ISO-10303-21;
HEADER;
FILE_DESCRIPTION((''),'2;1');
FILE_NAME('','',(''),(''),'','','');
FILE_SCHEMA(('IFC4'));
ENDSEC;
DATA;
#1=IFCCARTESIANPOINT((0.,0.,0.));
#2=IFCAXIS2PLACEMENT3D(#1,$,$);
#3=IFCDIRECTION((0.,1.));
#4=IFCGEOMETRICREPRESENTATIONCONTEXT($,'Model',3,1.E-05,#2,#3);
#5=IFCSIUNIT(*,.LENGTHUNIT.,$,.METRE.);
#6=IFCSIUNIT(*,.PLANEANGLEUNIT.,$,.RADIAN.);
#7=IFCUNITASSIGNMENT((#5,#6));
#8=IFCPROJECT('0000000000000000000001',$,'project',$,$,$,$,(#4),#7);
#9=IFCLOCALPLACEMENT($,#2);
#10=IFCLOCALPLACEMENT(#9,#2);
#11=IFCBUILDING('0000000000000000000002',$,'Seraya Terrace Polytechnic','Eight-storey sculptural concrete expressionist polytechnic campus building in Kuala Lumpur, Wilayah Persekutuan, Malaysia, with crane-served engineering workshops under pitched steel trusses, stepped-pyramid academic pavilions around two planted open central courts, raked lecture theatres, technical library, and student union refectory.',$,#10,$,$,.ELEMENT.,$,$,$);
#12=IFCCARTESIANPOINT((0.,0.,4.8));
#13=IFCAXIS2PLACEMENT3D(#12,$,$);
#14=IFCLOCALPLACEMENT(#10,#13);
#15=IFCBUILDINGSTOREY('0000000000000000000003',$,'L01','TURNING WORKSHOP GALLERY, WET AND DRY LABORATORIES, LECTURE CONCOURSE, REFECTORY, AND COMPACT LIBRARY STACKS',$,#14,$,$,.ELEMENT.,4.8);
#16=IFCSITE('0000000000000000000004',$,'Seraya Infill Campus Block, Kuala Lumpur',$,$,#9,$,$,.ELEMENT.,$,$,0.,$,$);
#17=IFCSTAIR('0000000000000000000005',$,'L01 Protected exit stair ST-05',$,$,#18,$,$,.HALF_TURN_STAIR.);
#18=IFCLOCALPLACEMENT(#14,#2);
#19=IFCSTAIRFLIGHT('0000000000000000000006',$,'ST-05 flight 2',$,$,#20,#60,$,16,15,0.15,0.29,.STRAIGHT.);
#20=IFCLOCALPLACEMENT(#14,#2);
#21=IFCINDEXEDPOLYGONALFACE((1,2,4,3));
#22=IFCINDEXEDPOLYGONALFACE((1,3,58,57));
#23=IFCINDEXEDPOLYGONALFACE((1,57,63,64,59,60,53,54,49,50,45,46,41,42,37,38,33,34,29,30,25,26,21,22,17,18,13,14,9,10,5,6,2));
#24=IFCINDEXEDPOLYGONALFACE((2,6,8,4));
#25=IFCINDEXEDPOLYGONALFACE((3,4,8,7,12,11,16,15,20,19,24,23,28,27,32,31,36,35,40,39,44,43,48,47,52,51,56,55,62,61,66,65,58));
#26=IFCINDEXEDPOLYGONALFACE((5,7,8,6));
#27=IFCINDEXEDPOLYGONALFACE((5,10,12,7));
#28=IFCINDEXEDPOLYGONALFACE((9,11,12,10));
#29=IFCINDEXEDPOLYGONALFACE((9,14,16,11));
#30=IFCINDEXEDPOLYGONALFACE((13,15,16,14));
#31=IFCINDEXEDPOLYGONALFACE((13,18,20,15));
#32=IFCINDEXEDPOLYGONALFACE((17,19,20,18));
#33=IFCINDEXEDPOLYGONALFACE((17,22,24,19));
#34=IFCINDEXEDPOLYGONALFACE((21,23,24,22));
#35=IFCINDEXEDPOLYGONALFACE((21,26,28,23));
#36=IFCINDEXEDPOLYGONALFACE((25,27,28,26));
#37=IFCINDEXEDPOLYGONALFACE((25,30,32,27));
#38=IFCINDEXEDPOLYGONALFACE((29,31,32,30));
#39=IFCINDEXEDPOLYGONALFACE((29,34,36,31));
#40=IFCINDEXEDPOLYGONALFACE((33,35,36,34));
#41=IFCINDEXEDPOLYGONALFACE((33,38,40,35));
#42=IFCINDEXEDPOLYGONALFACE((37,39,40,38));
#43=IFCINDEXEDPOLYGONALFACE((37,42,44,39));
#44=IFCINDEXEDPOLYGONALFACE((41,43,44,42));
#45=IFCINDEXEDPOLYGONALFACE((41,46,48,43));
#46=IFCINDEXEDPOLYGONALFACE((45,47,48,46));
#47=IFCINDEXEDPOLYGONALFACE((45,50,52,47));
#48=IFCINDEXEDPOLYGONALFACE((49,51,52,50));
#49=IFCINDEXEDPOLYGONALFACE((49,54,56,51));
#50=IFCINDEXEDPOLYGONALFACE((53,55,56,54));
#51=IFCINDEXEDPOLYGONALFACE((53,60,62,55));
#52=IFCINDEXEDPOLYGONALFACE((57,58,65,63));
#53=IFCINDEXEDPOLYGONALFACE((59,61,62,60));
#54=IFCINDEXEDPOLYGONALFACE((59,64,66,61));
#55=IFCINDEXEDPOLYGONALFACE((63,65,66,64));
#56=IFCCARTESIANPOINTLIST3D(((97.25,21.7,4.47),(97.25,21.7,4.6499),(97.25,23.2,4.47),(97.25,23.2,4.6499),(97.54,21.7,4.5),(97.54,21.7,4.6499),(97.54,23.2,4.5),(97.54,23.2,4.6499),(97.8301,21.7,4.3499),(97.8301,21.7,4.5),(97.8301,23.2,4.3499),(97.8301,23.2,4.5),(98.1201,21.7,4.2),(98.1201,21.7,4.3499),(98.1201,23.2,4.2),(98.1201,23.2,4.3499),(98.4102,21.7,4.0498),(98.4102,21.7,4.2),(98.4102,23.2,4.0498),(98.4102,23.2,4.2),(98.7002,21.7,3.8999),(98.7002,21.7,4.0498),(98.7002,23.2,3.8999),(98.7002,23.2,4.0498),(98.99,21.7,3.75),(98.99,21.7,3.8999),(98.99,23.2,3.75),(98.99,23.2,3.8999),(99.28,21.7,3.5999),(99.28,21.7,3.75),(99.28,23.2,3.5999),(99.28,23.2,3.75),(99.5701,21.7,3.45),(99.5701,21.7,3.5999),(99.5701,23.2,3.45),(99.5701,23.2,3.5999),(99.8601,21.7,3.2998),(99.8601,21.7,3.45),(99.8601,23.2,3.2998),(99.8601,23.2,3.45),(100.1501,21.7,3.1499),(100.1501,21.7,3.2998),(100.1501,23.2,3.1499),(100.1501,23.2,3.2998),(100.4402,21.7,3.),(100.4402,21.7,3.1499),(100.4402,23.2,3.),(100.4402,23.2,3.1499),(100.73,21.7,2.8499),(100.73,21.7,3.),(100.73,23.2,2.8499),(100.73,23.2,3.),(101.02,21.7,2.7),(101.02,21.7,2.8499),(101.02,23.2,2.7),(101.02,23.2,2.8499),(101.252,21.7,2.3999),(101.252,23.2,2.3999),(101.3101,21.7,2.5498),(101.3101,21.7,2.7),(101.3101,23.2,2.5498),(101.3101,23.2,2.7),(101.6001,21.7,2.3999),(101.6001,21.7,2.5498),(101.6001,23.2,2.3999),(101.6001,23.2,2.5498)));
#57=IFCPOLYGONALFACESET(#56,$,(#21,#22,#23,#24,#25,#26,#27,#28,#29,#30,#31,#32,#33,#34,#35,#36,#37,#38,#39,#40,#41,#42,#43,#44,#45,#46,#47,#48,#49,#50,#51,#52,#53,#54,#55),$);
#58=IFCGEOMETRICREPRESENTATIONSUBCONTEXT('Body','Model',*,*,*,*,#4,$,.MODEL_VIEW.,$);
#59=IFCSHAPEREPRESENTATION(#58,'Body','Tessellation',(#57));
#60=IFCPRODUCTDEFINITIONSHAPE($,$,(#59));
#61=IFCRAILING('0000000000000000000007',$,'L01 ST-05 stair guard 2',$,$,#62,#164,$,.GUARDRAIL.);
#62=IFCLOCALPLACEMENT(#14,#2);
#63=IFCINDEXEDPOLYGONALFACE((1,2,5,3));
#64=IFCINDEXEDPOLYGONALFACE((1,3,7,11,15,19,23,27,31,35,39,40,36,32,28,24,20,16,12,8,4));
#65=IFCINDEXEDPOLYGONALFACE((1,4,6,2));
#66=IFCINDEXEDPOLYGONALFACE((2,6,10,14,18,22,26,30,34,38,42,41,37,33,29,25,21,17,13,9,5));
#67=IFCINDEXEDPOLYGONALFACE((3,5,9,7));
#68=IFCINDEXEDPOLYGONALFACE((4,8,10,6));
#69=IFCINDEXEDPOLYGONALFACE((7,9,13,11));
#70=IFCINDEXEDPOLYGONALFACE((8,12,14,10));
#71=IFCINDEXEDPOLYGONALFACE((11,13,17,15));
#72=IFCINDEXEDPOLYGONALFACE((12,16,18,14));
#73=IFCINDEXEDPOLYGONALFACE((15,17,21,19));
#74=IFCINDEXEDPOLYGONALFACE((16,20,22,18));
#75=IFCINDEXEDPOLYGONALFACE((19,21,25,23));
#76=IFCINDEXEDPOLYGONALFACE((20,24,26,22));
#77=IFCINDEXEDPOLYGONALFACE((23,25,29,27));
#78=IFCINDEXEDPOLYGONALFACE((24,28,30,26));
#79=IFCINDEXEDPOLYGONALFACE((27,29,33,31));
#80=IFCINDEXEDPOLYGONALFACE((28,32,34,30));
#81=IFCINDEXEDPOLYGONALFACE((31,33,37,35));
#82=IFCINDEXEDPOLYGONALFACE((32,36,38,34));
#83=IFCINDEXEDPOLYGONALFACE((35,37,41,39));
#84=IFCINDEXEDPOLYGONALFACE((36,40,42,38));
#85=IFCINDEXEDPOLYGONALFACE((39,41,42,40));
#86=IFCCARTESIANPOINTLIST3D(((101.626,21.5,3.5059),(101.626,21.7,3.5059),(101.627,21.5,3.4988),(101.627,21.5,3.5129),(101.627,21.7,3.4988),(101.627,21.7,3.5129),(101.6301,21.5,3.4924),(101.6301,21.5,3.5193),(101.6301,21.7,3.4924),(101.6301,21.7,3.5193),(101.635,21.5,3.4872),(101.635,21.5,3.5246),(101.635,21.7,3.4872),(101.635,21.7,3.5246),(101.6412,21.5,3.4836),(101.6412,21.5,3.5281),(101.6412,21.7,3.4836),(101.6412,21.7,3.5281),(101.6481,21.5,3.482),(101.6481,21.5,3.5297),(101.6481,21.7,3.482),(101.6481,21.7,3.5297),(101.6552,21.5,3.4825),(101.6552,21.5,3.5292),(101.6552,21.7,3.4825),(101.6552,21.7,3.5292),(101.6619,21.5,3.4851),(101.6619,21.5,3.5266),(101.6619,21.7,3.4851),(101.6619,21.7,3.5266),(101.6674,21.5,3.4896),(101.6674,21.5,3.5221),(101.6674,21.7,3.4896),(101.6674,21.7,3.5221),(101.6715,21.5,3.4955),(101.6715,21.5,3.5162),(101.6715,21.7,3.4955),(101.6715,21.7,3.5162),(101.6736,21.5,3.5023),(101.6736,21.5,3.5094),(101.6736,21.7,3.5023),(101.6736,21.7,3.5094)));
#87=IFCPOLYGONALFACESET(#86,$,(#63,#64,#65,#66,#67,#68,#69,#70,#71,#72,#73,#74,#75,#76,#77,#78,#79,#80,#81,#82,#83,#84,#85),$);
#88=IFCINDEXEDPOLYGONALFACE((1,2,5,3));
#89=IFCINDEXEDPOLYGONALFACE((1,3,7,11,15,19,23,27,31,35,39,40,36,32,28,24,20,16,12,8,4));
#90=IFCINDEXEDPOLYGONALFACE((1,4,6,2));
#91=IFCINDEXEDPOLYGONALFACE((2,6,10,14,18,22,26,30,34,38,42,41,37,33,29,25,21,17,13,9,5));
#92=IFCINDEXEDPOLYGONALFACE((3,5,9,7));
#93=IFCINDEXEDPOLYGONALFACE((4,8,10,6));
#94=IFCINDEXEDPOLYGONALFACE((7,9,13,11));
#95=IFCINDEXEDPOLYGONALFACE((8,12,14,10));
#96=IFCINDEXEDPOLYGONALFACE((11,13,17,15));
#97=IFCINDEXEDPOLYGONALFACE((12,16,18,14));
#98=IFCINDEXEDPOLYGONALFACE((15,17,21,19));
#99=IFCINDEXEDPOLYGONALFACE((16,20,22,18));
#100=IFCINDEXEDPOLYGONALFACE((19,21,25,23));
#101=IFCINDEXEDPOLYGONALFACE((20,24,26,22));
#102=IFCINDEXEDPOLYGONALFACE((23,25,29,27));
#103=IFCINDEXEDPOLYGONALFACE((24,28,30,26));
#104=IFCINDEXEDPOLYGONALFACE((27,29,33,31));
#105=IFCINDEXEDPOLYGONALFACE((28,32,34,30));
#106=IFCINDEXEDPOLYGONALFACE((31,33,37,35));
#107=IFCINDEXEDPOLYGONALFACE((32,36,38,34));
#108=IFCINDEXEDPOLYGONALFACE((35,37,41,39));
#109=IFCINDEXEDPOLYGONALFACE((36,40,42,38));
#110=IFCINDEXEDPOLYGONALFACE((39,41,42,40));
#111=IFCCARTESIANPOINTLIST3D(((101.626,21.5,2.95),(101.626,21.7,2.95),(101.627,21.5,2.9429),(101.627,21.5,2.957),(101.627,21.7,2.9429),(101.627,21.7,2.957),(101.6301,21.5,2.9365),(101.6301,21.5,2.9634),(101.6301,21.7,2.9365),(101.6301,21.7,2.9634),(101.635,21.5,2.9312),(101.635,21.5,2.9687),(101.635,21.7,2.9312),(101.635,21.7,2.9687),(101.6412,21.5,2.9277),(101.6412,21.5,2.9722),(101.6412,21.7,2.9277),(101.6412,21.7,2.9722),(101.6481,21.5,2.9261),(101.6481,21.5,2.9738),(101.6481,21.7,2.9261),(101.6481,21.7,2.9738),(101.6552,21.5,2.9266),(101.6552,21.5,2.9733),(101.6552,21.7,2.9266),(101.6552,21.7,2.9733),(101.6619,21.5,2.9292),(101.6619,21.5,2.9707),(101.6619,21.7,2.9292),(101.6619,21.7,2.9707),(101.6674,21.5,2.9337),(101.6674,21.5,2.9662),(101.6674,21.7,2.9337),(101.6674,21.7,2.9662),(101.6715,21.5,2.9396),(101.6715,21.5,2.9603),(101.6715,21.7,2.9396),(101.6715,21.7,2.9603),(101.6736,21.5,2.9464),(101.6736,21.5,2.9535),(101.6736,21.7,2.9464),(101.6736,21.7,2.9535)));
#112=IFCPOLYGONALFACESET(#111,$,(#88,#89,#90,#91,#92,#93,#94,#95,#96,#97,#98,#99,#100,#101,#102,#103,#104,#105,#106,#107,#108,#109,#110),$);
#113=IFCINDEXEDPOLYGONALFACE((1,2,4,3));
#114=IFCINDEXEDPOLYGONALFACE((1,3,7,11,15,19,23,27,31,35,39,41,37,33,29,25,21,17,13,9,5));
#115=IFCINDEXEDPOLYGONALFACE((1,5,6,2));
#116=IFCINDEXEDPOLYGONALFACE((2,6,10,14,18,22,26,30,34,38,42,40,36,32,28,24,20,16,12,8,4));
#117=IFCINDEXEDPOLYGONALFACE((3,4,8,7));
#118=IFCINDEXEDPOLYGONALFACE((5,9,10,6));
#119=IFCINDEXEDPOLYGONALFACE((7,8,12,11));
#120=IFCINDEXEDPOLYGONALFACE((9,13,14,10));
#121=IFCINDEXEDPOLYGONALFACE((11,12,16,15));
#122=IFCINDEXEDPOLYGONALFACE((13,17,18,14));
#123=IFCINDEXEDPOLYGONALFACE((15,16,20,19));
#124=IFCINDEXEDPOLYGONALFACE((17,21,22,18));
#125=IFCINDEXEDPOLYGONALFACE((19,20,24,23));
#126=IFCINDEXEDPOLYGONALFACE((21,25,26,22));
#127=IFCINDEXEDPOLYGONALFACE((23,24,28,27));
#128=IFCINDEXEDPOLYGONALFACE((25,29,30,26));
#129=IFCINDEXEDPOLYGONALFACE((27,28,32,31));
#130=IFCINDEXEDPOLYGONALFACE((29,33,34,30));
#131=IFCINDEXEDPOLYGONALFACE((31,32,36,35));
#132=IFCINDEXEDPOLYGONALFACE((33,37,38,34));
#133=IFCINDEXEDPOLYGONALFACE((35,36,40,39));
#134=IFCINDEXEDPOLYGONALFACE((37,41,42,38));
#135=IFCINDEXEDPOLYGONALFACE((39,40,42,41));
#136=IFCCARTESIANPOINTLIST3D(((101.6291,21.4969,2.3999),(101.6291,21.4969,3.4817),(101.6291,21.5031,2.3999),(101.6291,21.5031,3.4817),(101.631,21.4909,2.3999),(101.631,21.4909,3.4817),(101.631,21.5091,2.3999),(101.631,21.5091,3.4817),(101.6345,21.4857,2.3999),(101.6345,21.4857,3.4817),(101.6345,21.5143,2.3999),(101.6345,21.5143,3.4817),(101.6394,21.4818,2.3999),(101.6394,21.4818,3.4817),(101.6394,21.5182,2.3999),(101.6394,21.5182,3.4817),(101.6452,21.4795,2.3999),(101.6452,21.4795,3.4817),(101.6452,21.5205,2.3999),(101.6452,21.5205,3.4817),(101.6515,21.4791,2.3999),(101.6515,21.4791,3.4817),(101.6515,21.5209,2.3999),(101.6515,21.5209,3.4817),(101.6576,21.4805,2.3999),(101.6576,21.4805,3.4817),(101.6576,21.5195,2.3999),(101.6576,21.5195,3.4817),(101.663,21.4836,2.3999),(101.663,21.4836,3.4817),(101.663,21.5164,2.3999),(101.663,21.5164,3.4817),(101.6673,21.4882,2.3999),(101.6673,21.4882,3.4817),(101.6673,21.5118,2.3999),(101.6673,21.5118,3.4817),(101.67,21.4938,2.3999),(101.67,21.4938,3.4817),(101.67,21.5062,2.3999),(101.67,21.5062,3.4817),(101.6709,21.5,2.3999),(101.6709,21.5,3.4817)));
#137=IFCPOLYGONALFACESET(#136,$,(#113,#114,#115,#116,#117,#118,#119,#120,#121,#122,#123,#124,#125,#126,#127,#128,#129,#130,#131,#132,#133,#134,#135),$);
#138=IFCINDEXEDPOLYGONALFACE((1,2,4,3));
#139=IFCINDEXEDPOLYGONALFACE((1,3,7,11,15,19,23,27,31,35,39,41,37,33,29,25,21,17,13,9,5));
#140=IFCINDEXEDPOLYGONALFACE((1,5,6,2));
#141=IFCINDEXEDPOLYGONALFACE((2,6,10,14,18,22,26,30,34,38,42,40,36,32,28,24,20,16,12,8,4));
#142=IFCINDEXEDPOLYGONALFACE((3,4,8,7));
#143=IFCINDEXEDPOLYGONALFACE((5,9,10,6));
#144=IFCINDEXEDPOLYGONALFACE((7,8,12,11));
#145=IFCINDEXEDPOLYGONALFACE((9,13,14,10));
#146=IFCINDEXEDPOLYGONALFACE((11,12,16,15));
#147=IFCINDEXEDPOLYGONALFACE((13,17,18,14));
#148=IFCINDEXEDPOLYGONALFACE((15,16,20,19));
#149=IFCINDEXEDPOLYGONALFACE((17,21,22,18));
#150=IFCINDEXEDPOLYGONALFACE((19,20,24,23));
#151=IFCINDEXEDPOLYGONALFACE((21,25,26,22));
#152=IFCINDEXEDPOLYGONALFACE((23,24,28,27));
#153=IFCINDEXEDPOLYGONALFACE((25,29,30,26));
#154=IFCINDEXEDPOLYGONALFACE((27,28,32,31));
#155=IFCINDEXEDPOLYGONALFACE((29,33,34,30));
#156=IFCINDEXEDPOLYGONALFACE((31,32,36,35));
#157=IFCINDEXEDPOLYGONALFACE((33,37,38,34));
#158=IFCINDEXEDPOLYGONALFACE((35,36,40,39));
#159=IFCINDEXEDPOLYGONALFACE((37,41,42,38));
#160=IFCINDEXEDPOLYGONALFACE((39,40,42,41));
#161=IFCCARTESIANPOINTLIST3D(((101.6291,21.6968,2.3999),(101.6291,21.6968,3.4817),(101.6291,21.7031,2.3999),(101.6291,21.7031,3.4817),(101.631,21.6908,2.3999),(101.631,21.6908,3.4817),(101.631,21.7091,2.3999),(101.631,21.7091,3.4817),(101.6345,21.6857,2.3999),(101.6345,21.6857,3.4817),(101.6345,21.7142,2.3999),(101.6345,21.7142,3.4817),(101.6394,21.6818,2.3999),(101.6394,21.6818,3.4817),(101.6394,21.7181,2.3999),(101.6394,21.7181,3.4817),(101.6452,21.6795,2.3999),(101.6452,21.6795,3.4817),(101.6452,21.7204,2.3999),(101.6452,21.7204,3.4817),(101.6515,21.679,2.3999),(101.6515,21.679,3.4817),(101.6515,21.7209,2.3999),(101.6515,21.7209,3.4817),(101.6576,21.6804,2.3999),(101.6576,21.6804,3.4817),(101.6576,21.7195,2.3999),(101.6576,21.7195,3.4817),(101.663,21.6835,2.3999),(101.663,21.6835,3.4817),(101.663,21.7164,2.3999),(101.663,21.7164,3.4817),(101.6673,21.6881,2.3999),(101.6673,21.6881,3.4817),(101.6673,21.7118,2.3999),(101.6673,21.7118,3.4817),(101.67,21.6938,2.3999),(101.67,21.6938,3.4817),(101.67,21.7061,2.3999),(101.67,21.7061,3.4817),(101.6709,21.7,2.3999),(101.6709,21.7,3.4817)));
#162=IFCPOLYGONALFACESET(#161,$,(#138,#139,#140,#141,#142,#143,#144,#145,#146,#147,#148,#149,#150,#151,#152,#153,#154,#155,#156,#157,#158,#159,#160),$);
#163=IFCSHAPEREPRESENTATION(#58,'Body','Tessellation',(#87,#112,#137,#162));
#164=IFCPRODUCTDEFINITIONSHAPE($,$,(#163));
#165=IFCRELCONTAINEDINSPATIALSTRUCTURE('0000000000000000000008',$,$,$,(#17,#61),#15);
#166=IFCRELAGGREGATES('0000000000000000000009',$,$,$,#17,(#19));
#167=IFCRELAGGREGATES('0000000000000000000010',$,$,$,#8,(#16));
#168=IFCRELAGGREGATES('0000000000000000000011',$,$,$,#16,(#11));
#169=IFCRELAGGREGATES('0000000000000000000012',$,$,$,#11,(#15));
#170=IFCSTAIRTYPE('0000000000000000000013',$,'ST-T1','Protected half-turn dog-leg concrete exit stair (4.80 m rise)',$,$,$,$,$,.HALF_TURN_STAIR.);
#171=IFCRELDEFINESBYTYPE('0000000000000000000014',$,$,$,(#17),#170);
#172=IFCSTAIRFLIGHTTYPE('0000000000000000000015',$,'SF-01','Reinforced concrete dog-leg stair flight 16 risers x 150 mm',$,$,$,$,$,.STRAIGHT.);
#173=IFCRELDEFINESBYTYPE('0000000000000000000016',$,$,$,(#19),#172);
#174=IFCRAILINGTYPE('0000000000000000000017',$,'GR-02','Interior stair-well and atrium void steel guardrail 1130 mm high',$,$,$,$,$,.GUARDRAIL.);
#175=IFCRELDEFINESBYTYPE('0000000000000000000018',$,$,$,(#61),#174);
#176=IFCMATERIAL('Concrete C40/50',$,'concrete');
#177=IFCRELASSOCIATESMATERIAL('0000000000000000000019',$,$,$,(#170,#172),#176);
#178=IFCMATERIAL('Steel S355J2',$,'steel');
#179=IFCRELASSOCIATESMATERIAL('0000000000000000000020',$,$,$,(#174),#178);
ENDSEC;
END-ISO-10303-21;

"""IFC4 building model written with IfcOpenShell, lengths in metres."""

from ifc_helpers import new_model, si_unit, direction, frame, origin, origin_2d, place, context, subcontext, project, spatial, polyline, circle, outline, extrude, material, type_object, element, aggregate, save


model = new_model("IFC4")

# Units and contexts
model_context = context("Model", 3, precision=1e-05, world=origin(), true_north=direction((0.0, 1.0)))
body_context = subcontext(model_context, "Body", "Model", "MODEL_VIEW")
ifc_project = project(units=[si_unit("LENGTHUNIT", "METRE"), si_unit("PLANEANGLEUNIT", "RADIAN")], contexts=[model_context])

# Site, building, storey
site_placement = place(None, origin())
site = spatial("IfcSite", under=ifc_project, at=site_placement, Name="Seraya Infill Campus Block, Kuala Lumpur", CompositionType="ELEMENT", RefElevation=0.0)
building_placement = place(site_placement, origin())
building = spatial("IfcBuilding", under=site, at=building_placement, Name="Seraya Terrace Polytechnic", Description="Eight-storey sculptural concrete expressionist polytechnic campus building in Kuala Lumpur, Wilayah Persekutuan, Malaysia, with crane-served engineering workshops under pitched steel trusses, stepped-pyramid academic pavilions around two planted open central courts, raked lecture theatres, technical library, and student union refectory.", CompositionType="ELEMENT")
storey_placement = place(building_placement, frame((0.0, 0.0, 4.8)))
storey = spatial("IfcBuildingStorey", under=building, at=storey_placement, Name="L01", Description="TURNING WORKSHOP GALLERY, WET AND DRY LABORATORIES, LECTURE CONCOURSE, REFECTORY, AND COMPACT LIBRARY STACKS", CompositionType="ELEMENT", Elevation=4.8)

# Shared definitions
ifc_material_1 = material(Name="Concrete C40/50", Category="concrete")

# Stair, stair flight
stair_type = type_object("IfcStairType", Name="ST-T1", Description="Protected half-turn dog-leg concrete exit stair (4.80 m rise)", PredefinedType="HALF_TURN_STAIR", material=ifc_material_1)
stair_placement = place(storey_placement, origin())
stair = element("IfcStair", 1, at=stair_placement, inside=storey, type_object=stair_type, Name="L01 Protected exit stair ST-05", PredefinedType="HALF_TURN_STAIR")
stair_flight_type = type_object("IfcStairFlightType", Name="SF-01", Description="Reinforced concrete dog-leg stair flight 16 risers x 150 mm", PredefinedType="STRAIGHT", material=ifc_material_1)
stair_flight_placement = place(storey_placement, frame((101.6001, 22.45, 2.3999), z_axis=(0.0, 0.0, 1.0), x_axis=(-1.0, 0.0, 0.0)))
stair_flight = element("IfcStairFlight", 2, at=stair_flight_placement, type_object=stair_flight_type, Name="ST-05 flight 2", NumberOfRisers=16, NumberOfTreads=15, PredefinedType="STRAIGHT", RiserHeight=0.15, TreadLength=0.29, context=body_context, shape_type="SweptSolid", body=[
    extrude(outline(polyline([(0.0, 0.0), (0.0, 0.1499), (0.29, 0.1499), (0.29, 0.3), (0.5801, 0.3), (0.5801, 0.45), (0.8701, 0.45), (0.8701, 0.6001), (1.1599, 0.6001), (1.1599, 0.75), (1.45, 0.75), (1.45, 0.8999), (1.74, 0.8999), (1.74, 1.05), (2.03, 1.05), (2.03, 1.2), (2.3201, 1.2), (2.3201, 1.3501), (2.6101, 1.3501), (2.6101, 1.5), (2.8999, 1.5), (2.8999, 1.6499), (3.1899, 1.6499), (3.1899, 1.8), (3.48, 1.8), (3.48, 1.95), (3.77, 1.95), (3.77, 2.1001), (4.0601, 2.1001), (4.0601, 2.25), (4.3501, 2.25), (4.3501, 2.3999), (4.3501, 2.0701), (0.3481, 0.0), (0.0, 0.0)])), frame((0.0, 0.75, 0.0), z_axis=(0.0, -1.0, 0.0), x_axis=(1.0, 0.0, 0.0)), (0.0, 0.0, 1.0), 1.5),
])
aggregate(stair, [stair_flight])

# Railing
ifc_material_2 = material(Name="Steel S355J2", Category="steel")
railing_type_1 = type_object("IfcRailingType", Name="GR-02", Description="Interior stair-well and atrium void steel guardrail 1130 mm high", PredefinedType="GUARDRAIL", material=ifc_material_2)
railing_1_placement = place(storey_placement, frame((101.6499, 21.5, 2.3999)))
element("IfcRailing", 3, at=railing_1_placement, inside=storey, type_object=railing_type_1, Name="L01 ST-05 stair guard 2", PredefinedType="GUARDRAIL", context=body_context, shape_type="SweptSolid", body=[
    extrude(circle(Radius=0.0239, at=origin_2d()), frame((0.0, 0.0, 1.106), z_axis=(0.0, 1.0, 0.0), x_axis=(-1.0, 0.0, 0.0)), (0.0, 0.0, 1.0), 0.2),
    extrude(circle(Radius=0.0239, at=origin_2d()), frame((0.0, 0.0, 0.55), z_axis=(0.0, 1.0, 0.0), x_axis=(-1.0, 0.0, 0.0)), (0.0, 0.0, 1.0), 0.2),
    extrude(circle(Radius=0.021, at=origin_2d()), origin(), (0.0, 0.0, 1.0), 1.0818),
    extrude(circle(Radius=0.021, at=origin_2d()), frame((0.0, 0.2, 0.0)), (0.0, 0.0, 1.0), 1.0818),
])

save(model, "model.ifc")
